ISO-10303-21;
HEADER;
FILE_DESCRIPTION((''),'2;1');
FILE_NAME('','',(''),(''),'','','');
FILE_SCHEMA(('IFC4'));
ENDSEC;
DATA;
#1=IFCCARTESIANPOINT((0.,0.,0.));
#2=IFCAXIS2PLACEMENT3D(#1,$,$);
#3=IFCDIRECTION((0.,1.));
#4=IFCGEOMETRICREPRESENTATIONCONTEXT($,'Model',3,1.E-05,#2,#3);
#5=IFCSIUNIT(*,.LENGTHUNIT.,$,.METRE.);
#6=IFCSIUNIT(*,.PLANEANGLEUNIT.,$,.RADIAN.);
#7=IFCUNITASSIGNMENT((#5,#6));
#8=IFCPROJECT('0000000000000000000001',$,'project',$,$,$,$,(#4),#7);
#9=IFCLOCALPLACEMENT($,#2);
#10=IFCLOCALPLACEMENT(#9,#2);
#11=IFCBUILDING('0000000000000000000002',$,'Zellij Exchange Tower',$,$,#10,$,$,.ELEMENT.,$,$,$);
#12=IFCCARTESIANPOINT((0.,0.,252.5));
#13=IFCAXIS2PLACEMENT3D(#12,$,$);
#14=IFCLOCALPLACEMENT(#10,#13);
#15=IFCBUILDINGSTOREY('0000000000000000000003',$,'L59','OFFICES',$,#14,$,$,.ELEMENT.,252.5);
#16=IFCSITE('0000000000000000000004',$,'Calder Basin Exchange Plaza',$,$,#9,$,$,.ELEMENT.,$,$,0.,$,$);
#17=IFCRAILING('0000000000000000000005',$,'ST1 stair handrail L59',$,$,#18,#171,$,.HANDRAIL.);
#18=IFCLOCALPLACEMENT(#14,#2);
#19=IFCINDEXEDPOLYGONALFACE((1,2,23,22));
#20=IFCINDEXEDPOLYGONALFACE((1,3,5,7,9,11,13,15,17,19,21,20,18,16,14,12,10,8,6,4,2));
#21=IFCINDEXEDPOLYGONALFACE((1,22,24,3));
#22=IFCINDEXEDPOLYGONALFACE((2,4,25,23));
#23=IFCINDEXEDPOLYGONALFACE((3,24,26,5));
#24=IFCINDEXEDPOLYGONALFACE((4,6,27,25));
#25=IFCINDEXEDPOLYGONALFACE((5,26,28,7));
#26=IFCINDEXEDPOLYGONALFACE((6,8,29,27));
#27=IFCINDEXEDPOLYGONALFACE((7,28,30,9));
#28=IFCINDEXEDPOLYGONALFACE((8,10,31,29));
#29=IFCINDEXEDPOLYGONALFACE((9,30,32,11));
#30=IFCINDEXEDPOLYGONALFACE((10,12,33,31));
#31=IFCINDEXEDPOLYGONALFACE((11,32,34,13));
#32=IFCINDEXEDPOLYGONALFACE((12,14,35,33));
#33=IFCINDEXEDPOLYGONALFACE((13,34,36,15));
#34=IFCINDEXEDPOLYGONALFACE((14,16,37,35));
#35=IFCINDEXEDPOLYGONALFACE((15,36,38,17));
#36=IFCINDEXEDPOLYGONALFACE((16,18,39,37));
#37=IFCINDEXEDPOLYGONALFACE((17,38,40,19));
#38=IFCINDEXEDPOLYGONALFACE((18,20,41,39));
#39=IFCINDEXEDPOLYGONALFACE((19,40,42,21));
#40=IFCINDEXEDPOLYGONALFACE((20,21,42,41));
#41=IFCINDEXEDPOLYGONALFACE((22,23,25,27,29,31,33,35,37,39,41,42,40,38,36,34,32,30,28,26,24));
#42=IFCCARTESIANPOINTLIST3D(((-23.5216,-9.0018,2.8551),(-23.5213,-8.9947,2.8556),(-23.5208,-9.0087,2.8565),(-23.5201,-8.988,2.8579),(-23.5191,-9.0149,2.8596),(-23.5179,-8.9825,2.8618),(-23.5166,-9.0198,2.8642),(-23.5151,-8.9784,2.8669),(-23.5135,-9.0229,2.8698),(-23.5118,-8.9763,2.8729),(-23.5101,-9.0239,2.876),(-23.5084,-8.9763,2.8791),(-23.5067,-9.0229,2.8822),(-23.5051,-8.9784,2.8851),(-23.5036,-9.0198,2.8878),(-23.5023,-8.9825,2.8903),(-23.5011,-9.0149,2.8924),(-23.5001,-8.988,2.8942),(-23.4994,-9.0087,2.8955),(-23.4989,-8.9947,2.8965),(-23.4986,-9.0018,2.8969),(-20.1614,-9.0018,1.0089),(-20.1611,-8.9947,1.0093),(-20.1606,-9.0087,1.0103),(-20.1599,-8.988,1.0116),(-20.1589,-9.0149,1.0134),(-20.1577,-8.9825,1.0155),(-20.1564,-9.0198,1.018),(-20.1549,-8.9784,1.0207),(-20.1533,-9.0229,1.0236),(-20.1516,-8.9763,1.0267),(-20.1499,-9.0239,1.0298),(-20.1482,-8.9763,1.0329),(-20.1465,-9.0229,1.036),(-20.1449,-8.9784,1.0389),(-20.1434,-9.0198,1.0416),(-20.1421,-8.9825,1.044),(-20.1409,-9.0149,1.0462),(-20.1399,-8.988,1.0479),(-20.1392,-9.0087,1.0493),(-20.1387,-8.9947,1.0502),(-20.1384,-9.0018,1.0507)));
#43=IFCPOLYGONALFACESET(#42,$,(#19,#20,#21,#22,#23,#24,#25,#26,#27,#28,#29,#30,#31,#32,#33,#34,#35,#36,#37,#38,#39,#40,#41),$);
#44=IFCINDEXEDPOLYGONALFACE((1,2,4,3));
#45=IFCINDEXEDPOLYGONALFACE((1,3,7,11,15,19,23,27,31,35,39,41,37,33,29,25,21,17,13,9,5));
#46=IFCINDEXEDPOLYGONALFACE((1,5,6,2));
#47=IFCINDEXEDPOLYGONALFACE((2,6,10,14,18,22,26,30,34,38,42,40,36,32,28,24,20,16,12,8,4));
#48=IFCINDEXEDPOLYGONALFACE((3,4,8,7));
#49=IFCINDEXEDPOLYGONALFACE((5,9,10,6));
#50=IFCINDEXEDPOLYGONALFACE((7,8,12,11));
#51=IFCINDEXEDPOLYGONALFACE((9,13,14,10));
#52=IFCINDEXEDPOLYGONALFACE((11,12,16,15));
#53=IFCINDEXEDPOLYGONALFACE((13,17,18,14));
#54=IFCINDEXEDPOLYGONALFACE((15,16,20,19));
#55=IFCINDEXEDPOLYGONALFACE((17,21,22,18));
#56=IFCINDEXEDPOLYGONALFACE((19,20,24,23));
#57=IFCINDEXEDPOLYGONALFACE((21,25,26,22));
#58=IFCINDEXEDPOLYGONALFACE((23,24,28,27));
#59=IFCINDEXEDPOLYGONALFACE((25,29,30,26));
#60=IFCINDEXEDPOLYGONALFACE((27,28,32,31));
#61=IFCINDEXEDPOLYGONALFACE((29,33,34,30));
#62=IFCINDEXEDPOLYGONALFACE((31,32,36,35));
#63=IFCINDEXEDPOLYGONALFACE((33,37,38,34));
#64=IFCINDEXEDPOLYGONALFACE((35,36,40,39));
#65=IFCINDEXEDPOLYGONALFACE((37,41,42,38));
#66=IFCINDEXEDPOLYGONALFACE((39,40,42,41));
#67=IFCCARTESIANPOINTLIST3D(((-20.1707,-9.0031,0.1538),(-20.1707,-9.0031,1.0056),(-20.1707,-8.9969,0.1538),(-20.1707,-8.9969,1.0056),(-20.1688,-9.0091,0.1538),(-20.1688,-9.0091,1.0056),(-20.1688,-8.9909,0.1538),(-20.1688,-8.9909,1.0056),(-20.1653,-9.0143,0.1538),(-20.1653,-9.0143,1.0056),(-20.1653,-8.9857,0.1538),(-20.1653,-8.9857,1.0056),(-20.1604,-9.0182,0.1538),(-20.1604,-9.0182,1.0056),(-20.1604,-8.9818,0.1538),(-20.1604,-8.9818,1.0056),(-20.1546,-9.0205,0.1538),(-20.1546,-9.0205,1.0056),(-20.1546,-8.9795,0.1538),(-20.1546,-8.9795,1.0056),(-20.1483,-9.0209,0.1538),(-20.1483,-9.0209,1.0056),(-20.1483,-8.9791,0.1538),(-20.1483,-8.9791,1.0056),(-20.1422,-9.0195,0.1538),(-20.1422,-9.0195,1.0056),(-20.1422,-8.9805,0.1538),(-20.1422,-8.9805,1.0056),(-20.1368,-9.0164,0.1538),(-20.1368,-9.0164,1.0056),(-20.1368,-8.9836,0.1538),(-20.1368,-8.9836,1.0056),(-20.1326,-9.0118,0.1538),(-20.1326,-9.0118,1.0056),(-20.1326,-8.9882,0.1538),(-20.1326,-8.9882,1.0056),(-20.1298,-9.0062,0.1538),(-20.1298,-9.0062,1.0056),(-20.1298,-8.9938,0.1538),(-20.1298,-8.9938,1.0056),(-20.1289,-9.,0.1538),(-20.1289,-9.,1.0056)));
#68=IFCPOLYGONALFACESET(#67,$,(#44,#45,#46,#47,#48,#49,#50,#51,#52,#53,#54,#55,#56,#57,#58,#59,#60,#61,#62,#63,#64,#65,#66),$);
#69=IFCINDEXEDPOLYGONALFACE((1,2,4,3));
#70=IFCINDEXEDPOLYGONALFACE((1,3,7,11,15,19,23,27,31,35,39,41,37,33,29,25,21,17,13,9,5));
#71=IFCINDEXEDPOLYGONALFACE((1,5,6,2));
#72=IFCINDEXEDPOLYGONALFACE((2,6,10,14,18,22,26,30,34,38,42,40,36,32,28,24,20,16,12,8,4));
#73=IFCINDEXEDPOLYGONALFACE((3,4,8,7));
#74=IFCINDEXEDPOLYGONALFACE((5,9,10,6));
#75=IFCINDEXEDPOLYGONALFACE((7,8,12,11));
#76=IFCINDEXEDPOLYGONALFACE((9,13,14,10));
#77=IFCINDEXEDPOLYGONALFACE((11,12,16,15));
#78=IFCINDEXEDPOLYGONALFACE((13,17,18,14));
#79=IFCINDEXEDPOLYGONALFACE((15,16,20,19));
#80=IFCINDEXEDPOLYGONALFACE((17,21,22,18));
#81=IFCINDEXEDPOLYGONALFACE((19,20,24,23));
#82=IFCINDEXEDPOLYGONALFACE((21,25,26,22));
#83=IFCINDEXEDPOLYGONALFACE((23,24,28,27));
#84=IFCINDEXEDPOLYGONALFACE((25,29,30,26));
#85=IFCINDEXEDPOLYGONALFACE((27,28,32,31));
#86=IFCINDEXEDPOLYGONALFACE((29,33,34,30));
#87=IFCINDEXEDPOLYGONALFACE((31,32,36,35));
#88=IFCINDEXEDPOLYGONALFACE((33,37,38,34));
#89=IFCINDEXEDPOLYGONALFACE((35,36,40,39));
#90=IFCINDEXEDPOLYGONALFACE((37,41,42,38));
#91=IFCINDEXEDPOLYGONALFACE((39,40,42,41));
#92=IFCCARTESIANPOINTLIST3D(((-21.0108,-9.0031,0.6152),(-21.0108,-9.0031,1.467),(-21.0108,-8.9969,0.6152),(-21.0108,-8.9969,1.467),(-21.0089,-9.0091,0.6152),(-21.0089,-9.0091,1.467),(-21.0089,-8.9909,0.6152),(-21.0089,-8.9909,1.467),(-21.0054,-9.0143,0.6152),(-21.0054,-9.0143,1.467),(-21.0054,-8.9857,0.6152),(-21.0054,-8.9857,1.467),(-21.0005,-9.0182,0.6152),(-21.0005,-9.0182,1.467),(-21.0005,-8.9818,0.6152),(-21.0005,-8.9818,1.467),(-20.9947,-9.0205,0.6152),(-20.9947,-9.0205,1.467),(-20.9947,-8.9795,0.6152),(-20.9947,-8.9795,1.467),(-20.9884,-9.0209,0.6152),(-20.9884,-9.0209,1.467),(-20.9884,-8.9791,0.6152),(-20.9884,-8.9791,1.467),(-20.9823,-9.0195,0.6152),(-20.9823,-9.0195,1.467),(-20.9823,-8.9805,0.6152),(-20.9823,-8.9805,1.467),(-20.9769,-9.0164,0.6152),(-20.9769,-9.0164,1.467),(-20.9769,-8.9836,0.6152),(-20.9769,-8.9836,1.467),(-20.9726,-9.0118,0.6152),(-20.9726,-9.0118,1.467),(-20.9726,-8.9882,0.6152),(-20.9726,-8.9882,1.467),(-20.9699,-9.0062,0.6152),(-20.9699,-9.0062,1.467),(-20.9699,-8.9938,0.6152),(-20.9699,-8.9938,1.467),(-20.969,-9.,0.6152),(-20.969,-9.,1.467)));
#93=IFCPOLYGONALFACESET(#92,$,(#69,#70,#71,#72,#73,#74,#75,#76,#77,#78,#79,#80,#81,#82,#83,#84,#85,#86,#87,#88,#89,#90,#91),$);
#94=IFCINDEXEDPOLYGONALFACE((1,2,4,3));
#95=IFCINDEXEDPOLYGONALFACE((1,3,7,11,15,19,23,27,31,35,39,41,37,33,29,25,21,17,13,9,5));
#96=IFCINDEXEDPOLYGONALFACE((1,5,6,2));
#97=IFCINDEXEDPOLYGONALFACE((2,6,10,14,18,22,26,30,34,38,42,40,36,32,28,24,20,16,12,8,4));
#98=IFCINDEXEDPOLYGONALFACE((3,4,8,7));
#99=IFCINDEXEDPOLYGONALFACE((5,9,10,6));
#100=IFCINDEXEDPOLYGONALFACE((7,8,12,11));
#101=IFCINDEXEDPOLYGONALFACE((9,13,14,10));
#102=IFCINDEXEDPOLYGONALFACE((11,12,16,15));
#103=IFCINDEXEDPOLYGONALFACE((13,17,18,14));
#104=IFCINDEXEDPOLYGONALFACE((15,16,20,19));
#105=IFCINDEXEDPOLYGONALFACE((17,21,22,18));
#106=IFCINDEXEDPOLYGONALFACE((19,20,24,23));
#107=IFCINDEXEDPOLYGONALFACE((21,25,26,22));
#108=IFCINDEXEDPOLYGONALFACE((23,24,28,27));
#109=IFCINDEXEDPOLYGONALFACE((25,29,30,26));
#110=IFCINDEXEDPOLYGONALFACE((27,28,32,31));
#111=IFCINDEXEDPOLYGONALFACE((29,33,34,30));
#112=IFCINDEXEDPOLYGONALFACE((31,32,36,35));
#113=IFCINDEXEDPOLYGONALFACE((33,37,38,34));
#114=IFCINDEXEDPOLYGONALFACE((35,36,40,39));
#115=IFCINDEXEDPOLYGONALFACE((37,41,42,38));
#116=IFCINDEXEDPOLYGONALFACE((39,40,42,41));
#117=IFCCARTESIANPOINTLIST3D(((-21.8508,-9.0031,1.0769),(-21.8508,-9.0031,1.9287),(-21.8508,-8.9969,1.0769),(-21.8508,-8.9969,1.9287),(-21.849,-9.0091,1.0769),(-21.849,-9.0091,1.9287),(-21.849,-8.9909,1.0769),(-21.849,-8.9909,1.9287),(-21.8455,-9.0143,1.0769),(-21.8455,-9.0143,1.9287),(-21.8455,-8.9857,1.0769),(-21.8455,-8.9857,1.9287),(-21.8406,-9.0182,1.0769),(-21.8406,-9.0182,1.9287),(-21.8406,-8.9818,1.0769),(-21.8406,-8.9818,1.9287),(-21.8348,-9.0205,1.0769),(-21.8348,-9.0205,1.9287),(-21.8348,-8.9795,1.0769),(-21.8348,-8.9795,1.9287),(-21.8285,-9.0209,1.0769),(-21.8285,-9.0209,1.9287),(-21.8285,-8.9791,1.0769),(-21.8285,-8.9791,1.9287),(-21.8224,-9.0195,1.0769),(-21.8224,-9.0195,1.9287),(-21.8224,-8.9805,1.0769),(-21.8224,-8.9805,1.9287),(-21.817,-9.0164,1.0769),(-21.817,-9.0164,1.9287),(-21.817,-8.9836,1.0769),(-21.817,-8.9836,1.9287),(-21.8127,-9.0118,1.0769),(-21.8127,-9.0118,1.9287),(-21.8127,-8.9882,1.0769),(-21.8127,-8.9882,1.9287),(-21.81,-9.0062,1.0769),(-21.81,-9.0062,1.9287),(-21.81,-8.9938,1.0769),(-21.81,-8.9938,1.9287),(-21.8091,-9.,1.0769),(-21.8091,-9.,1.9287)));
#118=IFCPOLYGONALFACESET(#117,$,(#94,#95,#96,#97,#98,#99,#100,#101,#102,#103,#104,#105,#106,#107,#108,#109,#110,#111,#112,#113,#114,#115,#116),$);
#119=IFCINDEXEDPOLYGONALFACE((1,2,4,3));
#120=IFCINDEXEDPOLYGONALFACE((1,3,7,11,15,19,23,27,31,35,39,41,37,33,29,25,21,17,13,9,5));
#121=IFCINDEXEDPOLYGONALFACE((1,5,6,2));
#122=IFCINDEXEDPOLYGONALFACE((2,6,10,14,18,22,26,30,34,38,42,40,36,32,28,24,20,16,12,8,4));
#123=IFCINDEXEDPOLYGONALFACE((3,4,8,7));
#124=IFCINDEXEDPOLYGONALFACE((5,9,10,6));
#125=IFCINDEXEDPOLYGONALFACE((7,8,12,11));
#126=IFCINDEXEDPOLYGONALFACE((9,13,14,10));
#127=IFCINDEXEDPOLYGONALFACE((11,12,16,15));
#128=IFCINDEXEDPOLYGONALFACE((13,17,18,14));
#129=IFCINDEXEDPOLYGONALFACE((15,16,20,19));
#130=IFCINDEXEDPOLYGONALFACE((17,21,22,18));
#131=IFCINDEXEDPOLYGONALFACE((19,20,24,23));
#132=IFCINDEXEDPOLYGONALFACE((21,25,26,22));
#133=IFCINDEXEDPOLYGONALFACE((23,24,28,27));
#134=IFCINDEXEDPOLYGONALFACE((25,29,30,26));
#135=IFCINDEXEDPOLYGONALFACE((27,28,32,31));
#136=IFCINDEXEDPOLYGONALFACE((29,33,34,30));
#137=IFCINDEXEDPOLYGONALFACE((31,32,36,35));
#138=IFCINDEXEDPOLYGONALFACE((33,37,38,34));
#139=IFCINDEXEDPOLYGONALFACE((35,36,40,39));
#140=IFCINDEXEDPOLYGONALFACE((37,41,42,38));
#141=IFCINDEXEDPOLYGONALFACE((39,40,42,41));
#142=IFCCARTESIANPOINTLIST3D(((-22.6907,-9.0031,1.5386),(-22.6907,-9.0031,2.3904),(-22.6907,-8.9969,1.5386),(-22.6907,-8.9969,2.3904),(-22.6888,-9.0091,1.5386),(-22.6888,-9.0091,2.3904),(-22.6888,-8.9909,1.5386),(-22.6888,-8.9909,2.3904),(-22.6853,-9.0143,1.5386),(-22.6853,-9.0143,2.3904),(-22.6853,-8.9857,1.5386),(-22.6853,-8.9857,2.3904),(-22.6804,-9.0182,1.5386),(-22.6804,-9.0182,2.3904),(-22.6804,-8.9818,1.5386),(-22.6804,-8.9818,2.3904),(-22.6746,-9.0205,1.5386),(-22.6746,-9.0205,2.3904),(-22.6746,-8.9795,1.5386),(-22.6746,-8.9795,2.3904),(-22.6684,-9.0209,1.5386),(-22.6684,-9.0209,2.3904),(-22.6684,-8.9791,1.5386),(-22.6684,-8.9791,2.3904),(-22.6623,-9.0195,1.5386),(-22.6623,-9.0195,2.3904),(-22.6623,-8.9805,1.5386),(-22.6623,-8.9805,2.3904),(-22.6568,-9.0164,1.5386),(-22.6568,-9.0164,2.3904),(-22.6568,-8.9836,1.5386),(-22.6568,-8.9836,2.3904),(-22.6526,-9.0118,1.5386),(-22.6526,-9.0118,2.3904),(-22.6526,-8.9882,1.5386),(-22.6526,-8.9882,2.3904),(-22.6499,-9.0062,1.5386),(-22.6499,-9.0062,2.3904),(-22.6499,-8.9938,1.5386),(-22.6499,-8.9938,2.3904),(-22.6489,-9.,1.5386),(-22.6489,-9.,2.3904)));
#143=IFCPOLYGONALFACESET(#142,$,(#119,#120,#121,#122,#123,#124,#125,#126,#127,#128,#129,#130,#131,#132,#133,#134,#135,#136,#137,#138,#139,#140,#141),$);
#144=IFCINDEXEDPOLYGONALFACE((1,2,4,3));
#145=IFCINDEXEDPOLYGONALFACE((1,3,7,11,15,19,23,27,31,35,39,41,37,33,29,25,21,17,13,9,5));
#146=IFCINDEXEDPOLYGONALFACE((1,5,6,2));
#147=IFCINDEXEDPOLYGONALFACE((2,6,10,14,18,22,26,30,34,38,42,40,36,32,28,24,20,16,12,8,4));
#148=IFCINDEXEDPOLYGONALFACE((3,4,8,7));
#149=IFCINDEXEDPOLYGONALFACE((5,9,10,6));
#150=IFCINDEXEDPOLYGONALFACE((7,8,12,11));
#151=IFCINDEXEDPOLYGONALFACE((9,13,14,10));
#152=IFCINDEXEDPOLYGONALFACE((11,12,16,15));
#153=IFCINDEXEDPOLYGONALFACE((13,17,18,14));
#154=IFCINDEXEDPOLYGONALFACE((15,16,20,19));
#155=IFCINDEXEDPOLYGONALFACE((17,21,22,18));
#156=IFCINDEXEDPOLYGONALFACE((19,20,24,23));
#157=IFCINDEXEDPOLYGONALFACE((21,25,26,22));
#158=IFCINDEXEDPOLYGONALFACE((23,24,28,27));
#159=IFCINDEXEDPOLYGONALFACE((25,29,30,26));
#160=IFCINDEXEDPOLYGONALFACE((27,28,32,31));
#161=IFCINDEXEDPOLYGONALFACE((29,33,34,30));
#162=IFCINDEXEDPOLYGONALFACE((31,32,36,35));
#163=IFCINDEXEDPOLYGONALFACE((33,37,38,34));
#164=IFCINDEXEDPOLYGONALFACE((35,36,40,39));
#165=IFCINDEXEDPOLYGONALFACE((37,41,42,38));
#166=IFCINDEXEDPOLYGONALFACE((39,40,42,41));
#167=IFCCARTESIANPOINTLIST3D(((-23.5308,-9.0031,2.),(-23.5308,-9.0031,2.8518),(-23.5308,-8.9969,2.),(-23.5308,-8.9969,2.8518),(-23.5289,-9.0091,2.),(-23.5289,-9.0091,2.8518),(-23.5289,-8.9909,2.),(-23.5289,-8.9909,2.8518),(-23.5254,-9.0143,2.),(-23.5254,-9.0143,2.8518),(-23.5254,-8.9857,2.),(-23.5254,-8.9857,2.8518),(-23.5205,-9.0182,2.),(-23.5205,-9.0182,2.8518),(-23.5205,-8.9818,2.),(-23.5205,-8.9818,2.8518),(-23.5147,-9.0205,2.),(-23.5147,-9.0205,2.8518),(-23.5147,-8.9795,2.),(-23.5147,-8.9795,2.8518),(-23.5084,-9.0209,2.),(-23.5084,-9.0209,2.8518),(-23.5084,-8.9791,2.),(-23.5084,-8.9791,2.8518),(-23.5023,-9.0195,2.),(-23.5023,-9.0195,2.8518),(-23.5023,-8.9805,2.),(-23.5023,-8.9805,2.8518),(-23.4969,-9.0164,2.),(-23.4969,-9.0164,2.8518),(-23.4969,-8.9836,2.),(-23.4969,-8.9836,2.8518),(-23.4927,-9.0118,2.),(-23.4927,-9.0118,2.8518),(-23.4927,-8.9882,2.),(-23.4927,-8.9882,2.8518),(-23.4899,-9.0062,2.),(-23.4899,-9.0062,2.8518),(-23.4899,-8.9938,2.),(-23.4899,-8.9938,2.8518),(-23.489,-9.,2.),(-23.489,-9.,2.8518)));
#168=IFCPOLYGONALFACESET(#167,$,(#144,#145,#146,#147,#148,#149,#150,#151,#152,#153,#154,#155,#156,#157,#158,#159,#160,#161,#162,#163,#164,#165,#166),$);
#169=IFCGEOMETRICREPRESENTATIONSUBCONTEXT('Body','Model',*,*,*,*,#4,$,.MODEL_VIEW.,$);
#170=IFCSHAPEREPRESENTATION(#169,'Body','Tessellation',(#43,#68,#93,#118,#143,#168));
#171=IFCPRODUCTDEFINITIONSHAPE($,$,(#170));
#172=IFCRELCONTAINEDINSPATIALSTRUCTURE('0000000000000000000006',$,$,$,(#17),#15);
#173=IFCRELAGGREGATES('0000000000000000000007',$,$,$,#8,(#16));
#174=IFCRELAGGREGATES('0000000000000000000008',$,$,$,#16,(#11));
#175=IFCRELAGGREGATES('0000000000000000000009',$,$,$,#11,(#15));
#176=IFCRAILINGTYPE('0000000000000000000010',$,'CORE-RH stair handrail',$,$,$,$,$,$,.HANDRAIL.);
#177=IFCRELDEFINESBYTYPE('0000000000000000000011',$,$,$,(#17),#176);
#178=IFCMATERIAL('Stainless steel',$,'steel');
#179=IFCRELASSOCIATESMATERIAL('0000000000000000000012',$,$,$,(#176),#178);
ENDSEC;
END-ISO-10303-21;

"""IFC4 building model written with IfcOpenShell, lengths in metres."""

from ifc_helpers import new_model, si_unit, direction, frame, origin, origin_2d, place, context, subcontext, project, spatial, circle, extrude, material, type_object, element, save


model = new_model("IFC4")

# Units and contexts
model_context = context("Model", 3, precision=1e-05, world=origin(), true_north=direction((0.0, 1.0)))
body_context = subcontext(model_context, "Body", "Model", "MODEL_VIEW")
ifc_project = project(units=[si_unit("LENGTHUNIT", "METRE"), si_unit("PLANEANGLEUNIT", "RADIAN")], contexts=[model_context])

# Site, building, storey
site_placement = place(None, origin())
site = spatial("IfcSite", under=ifc_project, at=site_placement, Name="Calder Basin Exchange Plaza", CompositionType="ELEMENT", RefElevation=0.0)
building_placement = place(site_placement, origin())
building = spatial("IfcBuilding", under=site, at=building_placement, Name="Zellij Exchange Tower", CompositionType="ELEMENT")
storey_placement = place(building_placement, frame((0.0, 0.0, 252.5)))
storey = spatial("IfcBuildingStorey", under=building, at=storey_placement, Name="L59", Description="OFFICES", CompositionType="ELEMENT", Elevation=252.5)

# Railing
ifc_material_1 = material(Name="Stainless steel", Category="steel")
railing_type = type_object("IfcRailingType", Name="CORE-RH stair handrail", PredefinedType="HANDRAIL", material=ifc_material_1)
railing_placement = place(storey_placement, frame((-20.1499, -9.0, 0.1538)))
element("IfcRailing", 1, at=railing_placement, inside=storey, type_object=railing_type, Name="ST1 stair handrail L59", PredefinedType="HANDRAIL", context=body_context, shape_type="SweptSolid", body=[
    extrude(circle(Radius=0.0239, at=origin_2d()), frame((0.0, 0.0, 0.876), z_axis=(-0.876422, 0.0, 0.481545), x_axis=(0.0, -1.0, 0.0)), (0.0, 0.0, 1.0), 3.834),
    extrude(circle(Radius=0.021, at=origin_2d()), origin(), (0.0, 0.0, 1.0), 0.8518),
    extrude(circle(Radius=0.021, at=origin_2d()), frame((-0.8401, 0.0, 0.4614)), (0.0, 0.0, 1.0), 0.8518),
    extrude(circle(Radius=0.021, at=origin_2d()), frame((-1.6802, 0.0, 0.9231)), (0.0, 0.0, 1.0), 0.8518),
    extrude(circle(Radius=0.021, at=origin_2d()), frame((-2.52, 0.0, 1.3848)), (0.0, 0.0, 1.0), 0.8518),
    extrude(circle(Radius=0.021, at=origin_2d()), frame((-3.3601, 0.0, 1.8462)), (0.0, 0.0, 1.0), 0.8518),
])

save(model, "model.ifc")
